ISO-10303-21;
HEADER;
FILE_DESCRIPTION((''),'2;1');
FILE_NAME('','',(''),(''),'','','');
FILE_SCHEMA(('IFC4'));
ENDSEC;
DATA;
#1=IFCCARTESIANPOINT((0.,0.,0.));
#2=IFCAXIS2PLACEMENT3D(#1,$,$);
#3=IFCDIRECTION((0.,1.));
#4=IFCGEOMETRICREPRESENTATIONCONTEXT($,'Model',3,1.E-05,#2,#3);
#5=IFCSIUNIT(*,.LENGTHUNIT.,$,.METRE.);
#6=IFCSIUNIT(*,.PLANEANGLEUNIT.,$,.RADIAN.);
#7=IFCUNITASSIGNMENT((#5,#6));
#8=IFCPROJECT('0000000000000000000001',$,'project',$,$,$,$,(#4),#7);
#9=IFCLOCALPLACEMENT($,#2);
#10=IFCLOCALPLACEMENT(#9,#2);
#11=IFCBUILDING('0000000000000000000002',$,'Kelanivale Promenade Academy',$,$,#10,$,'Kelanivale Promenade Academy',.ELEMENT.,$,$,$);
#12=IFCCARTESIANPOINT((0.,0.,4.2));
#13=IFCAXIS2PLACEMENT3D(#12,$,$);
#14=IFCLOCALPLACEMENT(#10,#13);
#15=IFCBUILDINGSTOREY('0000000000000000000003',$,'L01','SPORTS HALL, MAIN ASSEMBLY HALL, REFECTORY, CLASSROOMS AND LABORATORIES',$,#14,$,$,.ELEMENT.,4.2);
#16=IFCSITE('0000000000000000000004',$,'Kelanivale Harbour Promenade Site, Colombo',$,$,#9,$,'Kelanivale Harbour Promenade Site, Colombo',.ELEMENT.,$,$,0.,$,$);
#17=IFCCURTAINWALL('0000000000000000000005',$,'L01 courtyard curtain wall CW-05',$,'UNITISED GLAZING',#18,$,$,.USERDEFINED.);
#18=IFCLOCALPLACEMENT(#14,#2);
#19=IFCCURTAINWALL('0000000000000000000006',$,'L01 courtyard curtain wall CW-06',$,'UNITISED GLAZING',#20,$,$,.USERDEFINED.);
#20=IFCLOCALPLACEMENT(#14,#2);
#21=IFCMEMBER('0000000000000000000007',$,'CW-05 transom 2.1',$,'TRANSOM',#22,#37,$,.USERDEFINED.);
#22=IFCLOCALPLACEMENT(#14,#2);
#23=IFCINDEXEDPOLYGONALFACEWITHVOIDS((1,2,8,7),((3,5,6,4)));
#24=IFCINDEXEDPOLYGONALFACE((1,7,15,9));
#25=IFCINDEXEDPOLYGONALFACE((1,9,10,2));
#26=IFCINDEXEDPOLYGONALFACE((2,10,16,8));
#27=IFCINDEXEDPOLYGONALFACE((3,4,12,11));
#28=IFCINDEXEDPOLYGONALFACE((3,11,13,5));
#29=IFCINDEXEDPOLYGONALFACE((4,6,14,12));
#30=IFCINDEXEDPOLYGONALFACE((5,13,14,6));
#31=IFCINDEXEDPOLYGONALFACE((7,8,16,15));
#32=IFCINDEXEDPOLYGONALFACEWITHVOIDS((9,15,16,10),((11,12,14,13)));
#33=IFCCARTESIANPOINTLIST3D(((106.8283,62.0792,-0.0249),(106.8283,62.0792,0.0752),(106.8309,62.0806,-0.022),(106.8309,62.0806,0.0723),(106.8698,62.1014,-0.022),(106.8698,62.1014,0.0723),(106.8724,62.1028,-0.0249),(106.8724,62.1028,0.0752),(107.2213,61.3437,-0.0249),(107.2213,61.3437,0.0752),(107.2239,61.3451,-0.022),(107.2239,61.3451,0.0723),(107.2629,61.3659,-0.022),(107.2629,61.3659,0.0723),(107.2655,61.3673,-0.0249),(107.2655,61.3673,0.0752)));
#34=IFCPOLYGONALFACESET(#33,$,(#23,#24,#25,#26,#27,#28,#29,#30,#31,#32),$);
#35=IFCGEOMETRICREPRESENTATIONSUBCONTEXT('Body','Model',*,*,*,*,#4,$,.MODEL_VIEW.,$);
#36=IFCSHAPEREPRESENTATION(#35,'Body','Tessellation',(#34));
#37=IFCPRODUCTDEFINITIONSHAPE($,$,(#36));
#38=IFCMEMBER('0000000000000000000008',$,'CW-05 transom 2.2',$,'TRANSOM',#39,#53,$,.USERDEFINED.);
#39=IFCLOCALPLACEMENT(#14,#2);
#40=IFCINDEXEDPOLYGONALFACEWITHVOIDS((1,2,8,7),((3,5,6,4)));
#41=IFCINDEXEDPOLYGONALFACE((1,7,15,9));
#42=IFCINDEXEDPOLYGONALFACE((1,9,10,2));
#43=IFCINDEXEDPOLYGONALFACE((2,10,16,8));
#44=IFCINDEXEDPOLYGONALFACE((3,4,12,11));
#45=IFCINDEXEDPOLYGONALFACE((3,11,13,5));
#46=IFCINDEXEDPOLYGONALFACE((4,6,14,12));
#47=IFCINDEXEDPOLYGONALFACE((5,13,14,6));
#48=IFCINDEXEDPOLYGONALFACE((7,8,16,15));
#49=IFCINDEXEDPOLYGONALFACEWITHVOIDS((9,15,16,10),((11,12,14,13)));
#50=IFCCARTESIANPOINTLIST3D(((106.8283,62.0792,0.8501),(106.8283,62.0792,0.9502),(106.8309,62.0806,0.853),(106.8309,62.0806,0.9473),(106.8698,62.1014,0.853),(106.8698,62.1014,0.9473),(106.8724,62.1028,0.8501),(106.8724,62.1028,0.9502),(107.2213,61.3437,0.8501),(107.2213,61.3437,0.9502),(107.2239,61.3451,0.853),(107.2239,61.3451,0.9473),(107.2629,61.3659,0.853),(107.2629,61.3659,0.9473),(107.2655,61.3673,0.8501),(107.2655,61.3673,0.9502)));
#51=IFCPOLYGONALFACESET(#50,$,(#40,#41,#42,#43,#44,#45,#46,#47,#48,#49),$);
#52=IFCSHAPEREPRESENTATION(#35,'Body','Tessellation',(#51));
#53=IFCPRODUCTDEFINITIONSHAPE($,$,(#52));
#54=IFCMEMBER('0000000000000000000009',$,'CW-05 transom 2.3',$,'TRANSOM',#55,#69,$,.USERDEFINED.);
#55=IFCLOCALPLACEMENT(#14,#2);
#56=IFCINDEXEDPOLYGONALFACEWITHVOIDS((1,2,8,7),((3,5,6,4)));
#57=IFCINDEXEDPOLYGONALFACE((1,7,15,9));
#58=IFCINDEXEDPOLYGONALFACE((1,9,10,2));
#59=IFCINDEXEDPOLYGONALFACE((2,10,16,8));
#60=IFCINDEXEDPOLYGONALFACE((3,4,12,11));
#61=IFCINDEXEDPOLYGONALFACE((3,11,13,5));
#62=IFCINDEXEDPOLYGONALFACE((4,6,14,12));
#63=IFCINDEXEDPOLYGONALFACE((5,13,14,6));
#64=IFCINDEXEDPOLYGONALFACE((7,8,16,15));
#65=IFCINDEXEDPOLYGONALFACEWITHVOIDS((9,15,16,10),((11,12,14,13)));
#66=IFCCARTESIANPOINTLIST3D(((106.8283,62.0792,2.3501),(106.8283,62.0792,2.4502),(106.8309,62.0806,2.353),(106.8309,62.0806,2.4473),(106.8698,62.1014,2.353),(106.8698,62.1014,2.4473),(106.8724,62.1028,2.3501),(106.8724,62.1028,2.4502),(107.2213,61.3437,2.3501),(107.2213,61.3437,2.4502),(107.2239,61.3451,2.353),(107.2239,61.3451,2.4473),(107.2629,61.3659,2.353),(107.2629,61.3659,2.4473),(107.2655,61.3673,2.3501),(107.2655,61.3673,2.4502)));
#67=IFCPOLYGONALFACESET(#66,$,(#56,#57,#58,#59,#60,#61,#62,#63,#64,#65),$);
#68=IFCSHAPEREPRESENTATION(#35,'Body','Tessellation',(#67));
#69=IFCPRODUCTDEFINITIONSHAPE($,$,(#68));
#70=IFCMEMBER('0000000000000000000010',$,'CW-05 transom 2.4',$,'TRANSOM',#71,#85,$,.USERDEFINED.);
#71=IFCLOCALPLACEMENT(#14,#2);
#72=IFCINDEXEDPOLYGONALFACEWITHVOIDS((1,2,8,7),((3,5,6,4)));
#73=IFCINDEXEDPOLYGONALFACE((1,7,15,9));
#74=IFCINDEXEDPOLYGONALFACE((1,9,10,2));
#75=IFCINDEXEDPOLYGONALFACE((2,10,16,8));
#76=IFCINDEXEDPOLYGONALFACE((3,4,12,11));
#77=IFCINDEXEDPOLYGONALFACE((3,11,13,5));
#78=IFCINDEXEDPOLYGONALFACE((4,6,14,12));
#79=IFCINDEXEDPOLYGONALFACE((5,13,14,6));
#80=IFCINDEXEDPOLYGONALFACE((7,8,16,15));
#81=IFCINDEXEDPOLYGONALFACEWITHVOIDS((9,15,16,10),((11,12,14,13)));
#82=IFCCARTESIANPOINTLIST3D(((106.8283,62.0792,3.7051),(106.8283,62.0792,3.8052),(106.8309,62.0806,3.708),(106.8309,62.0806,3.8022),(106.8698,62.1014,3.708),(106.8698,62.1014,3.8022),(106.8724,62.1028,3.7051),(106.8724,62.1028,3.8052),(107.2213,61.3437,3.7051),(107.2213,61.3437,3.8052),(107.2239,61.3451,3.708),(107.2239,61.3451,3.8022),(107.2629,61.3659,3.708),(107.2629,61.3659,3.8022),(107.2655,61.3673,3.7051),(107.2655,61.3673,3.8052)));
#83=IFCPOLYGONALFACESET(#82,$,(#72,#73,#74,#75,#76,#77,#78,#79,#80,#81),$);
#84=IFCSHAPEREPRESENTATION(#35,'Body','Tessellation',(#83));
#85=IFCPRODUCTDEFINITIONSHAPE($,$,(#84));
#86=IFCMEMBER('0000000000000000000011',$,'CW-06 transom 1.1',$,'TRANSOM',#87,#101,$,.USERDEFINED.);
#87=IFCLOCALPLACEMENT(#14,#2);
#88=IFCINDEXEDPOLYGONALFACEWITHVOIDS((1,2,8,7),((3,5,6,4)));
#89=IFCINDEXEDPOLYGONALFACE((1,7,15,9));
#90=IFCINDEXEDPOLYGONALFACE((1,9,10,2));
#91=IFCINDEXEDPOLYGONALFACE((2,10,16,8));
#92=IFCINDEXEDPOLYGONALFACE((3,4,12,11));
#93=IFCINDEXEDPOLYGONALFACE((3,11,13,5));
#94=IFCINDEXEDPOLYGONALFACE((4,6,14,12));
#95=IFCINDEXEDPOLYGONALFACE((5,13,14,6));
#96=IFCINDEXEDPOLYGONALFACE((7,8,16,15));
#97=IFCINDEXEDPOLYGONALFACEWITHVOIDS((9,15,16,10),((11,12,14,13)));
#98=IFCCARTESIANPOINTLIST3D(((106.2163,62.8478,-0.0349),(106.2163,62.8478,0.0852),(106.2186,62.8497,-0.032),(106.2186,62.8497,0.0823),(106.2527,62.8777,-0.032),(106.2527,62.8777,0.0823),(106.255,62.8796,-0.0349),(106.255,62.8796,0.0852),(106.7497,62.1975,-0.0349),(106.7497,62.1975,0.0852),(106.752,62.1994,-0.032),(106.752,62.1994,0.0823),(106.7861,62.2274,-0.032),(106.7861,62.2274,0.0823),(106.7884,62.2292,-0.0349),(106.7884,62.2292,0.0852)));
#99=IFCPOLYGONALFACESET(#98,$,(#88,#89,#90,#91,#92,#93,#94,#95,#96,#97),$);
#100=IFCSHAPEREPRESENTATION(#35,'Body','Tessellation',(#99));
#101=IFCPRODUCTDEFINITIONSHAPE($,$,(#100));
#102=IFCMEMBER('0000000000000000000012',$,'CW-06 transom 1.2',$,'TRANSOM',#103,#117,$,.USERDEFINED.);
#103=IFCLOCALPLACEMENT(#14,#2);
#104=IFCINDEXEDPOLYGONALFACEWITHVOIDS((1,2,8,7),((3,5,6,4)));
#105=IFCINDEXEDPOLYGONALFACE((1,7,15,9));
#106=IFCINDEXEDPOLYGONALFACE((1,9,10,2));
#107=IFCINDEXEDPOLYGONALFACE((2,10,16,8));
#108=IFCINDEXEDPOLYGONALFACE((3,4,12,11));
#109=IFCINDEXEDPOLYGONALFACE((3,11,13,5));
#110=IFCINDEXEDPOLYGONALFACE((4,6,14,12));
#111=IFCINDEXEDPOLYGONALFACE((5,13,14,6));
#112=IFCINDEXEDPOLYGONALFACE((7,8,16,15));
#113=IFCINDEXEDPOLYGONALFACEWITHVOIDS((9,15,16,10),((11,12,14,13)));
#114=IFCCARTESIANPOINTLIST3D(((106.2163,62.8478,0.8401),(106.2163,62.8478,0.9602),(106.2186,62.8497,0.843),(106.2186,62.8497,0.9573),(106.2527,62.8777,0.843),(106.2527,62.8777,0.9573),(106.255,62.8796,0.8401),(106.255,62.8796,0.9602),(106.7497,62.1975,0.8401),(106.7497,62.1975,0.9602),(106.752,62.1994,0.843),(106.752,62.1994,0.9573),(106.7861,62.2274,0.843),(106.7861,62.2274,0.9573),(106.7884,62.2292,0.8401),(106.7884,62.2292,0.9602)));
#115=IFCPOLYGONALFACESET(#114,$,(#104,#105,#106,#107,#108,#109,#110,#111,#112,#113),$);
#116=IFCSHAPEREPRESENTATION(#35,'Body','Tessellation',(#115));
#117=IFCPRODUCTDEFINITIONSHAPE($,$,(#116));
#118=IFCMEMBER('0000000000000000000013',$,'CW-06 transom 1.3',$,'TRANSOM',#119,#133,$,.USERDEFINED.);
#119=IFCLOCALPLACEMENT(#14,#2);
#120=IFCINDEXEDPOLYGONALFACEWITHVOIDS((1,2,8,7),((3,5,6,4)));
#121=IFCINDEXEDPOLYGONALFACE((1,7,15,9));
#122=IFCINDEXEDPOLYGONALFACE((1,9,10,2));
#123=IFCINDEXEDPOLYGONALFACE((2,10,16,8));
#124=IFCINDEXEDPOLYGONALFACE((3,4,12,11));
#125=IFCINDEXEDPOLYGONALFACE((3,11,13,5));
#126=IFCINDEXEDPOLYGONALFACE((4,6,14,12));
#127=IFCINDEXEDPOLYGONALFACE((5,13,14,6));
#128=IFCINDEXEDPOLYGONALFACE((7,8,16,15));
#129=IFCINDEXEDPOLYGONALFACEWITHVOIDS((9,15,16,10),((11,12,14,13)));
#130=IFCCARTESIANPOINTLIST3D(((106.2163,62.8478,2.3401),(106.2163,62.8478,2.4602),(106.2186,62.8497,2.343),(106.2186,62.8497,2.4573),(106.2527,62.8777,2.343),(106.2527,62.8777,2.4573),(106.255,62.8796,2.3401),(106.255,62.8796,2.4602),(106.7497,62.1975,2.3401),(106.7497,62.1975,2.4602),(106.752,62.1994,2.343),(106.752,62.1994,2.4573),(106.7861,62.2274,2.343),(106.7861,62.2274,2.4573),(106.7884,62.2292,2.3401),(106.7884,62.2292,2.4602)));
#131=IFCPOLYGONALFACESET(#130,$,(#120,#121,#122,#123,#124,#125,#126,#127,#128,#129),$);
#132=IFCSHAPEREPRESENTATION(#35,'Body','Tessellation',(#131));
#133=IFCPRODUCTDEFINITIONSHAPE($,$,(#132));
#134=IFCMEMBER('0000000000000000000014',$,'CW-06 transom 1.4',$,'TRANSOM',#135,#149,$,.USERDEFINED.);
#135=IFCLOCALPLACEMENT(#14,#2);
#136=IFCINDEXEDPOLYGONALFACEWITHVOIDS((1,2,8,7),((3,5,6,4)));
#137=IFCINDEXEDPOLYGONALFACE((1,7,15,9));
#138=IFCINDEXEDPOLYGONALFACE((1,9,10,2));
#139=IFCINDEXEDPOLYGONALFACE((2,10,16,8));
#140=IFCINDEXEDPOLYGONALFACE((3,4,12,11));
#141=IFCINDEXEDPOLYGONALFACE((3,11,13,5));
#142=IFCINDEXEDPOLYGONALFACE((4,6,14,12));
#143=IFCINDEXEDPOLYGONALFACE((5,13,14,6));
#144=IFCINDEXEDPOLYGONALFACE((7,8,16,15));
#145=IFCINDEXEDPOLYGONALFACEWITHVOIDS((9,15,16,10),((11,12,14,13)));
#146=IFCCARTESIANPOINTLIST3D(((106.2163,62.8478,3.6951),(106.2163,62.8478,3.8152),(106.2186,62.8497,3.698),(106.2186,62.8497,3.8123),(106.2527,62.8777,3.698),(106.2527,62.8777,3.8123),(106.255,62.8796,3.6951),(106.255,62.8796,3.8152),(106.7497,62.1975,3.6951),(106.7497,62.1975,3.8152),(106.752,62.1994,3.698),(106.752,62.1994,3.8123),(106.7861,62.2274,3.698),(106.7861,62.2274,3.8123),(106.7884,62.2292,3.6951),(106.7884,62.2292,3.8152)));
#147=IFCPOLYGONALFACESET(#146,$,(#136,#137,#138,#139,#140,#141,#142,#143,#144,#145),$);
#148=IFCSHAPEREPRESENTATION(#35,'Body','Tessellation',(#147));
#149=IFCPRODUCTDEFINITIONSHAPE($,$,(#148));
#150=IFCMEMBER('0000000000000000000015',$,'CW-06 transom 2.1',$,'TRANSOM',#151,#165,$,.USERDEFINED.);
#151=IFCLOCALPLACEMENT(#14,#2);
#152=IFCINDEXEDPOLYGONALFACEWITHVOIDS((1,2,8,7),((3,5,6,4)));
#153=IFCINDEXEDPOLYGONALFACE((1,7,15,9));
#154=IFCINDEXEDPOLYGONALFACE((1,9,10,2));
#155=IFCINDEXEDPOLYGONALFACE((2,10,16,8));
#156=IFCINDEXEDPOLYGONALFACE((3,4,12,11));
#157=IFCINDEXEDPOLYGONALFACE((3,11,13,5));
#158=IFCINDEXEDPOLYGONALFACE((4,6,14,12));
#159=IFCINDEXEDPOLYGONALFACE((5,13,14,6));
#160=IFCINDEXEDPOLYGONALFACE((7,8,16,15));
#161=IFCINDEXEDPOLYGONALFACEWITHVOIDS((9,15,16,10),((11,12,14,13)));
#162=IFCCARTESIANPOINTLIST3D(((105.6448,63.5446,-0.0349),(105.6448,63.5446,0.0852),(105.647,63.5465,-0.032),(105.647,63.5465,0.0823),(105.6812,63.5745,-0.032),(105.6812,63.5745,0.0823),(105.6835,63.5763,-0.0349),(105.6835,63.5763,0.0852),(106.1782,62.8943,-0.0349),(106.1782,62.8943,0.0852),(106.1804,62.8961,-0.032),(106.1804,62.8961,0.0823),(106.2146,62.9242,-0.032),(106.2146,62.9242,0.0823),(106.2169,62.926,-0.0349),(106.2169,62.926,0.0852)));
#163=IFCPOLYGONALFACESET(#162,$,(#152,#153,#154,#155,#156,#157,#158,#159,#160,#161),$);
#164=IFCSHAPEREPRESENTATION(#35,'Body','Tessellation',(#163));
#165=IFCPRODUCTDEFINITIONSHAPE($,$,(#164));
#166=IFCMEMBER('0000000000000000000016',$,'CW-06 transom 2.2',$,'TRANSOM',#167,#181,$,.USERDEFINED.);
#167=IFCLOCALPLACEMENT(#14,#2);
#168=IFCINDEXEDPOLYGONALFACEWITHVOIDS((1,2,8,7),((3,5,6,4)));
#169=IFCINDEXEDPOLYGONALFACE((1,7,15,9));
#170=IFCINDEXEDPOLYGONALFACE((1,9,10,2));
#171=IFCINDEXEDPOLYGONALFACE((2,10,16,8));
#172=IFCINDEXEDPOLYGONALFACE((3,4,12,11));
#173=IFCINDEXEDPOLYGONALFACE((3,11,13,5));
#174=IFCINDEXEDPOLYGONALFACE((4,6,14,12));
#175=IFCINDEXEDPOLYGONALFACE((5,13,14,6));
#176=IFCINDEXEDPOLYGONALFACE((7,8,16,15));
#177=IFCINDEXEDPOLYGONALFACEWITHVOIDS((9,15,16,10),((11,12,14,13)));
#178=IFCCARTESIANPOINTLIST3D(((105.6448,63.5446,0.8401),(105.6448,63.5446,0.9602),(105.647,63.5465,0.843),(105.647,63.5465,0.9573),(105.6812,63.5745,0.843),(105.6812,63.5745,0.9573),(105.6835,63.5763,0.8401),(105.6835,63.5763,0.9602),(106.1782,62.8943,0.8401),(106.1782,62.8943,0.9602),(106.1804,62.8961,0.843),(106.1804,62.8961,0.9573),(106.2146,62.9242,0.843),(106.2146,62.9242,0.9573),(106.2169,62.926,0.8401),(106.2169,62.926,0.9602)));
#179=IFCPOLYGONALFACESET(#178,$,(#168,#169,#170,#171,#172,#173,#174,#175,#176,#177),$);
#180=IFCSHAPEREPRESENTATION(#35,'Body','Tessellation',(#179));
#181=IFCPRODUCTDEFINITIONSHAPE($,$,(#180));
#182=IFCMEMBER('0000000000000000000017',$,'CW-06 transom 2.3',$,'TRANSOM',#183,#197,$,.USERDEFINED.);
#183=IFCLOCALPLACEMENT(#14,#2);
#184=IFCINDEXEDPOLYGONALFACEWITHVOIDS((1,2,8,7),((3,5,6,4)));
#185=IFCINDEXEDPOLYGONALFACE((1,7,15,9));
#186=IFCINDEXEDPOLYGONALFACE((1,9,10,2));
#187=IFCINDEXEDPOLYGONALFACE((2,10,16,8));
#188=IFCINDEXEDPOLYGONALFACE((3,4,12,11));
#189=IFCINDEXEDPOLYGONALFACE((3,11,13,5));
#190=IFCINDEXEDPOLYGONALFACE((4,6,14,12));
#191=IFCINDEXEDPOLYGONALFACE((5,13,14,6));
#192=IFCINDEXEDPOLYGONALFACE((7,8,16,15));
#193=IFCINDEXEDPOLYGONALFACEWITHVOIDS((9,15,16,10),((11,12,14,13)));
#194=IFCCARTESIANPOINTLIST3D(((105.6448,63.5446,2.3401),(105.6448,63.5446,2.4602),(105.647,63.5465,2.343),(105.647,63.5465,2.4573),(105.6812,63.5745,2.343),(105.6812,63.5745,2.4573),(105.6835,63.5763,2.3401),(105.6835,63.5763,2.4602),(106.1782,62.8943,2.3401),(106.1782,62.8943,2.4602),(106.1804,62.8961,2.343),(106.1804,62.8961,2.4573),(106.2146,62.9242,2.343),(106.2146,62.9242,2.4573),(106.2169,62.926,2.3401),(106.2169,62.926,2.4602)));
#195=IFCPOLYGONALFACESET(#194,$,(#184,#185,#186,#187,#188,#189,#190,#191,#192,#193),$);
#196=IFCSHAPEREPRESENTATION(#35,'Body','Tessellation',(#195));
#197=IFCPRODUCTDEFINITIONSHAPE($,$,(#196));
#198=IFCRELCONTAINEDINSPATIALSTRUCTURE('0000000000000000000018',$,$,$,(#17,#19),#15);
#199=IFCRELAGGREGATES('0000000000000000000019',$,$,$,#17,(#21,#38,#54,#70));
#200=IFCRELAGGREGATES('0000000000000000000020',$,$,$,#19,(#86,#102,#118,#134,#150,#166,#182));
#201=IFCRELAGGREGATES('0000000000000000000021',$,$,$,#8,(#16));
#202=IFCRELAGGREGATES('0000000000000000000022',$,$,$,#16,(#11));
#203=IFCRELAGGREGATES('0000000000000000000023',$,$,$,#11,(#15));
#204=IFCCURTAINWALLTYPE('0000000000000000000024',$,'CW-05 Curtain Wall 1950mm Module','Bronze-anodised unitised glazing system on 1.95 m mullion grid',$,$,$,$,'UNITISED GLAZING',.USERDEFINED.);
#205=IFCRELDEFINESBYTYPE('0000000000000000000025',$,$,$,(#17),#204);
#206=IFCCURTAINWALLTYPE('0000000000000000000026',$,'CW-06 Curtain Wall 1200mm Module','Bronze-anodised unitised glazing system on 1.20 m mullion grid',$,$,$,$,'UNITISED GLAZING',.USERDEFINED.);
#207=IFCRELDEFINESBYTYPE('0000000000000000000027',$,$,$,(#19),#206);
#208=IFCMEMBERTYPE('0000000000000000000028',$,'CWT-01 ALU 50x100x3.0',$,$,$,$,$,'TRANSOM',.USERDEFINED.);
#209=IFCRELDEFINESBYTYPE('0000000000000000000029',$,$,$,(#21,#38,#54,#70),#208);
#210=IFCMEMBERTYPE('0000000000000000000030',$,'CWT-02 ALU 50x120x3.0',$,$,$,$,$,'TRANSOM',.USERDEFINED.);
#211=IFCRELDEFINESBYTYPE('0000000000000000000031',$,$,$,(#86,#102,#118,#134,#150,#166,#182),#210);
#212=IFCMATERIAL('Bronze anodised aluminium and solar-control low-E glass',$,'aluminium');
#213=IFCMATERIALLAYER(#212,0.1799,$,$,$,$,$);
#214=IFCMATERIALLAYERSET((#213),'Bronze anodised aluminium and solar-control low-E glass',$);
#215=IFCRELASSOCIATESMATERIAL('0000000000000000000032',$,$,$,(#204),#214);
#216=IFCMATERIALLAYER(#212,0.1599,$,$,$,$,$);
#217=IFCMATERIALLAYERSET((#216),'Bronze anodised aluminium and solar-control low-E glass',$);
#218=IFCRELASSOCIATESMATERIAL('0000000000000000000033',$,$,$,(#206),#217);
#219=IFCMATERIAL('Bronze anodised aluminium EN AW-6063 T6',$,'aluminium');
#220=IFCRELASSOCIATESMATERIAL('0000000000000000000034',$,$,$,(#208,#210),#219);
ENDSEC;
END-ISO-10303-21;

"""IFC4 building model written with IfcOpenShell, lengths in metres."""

from ifc_helpers import new_model, si_unit, direction, frame, origin, origin_2d, place, context, subcontext, project, spatial, hollow_rectangle, extrude, material, layer, layer_set, material_profile, profile_set, type_object, element, aggregate, save


model = new_model("IFC4")

# Units and contexts
model_context = context("Model", 3, precision=1e-05, world=origin(), true_north=direction((0.0, 1.0)))
body_context = subcontext(model_context, "Body", "Model", "MODEL_VIEW")
ifc_project = project(units=[si_unit("LENGTHUNIT", "METRE"), si_unit("PLANEANGLEUNIT", "RADIAN")], contexts=[model_context])

# Site, building, storey
site_placement = place(None, origin())
site = spatial("IfcSite", under=ifc_project, at=site_placement, Name="Kelanivale Harbour Promenade Site, Colombo", LongName="Kelanivale Harbour Promenade Site, Colombo", CompositionType="ELEMENT", RefElevation=0.0)
building_placement = place(site_placement, origin())
building = spatial("IfcBuilding", under=site, at=building_placement, Name="Kelanivale Promenade Academy", LongName="Kelanivale Promenade Academy", CompositionType="ELEMENT")
storey_placement = place(building_placement, frame((0.0, 0.0, 4.2)))
storey = spatial("IfcBuildingStorey", under=building, at=storey_placement, Name="L01", Description="SPORTS HALL, MAIN ASSEMBLY HALL, REFECTORY, CLASSROOMS AND LABORATORIES", CompositionType="ELEMENT", Elevation=4.2)

# Curtain walls
ifc_material_1 = material(Name="Bronze anodised aluminium and solar-control low-E glass", Category="aluminium")
ifc_layer_1 = layer(ifc_material_1, 0.1799)
ifc_layer_set_1 = layer_set([ifc_layer_1], Name="Bronze anodised aluminium and solar-control low-E glass")
curtain_wall_type_1 = type_object("IfcCurtainWallType", Name="CW-05 Curtain Wall 1950mm Module", Description="Bronze-anodised unitised glazing system on 1.95 m mullion grid", ElementType="UNITISED GLAZING", PredefinedType="USERDEFINED", material=ifc_layer_set_1)
curtain_wall_1_placement = place(storey_placement, origin())
curtain_wall_1 = element("IfcCurtainWall", 1, at=curtain_wall_1_placement, inside=storey, type_object=curtain_wall_type_1, Name="L01 courtyard curtain wall CW-05", ObjectType="UNITISED GLAZING", PredefinedType="USERDEFINED")
ifc_material_2 = material(Name="Bronze anodised aluminium EN AW-6063 T6", Category="aluminium")
ifc_layer_2 = layer(ifc_material_1, 0.1599)
ifc_layer_set_2 = layer_set([ifc_layer_2], Name="Bronze anodised aluminium and solar-control low-E glass")
curtain_wall_type_2 = type_object("IfcCurtainWallType", Name="CW-06 Curtain Wall 1200mm Module", Description="Bronze-anodised unitised glazing system on 1.20 m mullion grid", ElementType="UNITISED GLAZING", PredefinedType="USERDEFINED", material=ifc_layer_set_2)
curtain_wall_2_placement = place(storey_placement, origin())
curtain_wall_2 = element("IfcCurtainWall", 2, at=curtain_wall_2_placement, inside=storey, type_object=curtain_wall_type_2, Name="L01 courtyard curtain wall CW-06", ObjectType="UNITISED GLAZING", PredefinedType="USERDEFINED")

# Members
ifc_material_profile_1 = material_profile(ifc_material_2, hollow_rectangle(XDim=0.05, YDim=0.1001, WallThickness=0.0029, at=origin_2d()), Name="ALU 50x100x3.0")
ifc_profile_set_1 = profile_set([ifc_material_profile_1], Name="Bronze anodised aluminium EN AW-6063 T6")
member_type_1 = type_object("IfcMemberType", Name="CWT-01 ALU 50x100x3.0", ElementType="TRANSOM", PredefinedType="USERDEFINED", material=ifc_profile_set_1)
member_1_placement = place(storey_placement, frame((107.2434, 61.3555, 0.0251), z_axis=(-0.471287, 0.88198, 0.0), x_axis=(-0.88198, -0.471287, 0.0)))
member_1 = element("IfcMember", 3, at=member_1_placement, type_object=member_type_1, Name="CW-05 transom 2.1", ObjectType="TRANSOM", PredefinedType="USERDEFINED", context=body_context, shape_type="SweptSolid", body=[
    extrude(hollow_rectangle(XDim=0.05, YDim=0.1001, WallThickness=0.0029, at=origin_2d()), origin(), (0.0, 0.0, 1.0), 0.834),
])
member_2_placement = place(storey_placement, frame((107.2434, 61.3555, 0.9001), z_axis=(-0.471287, 0.88198, 0.0), x_axis=(-0.88198, -0.471287, 0.0)))
member_2 = element("IfcMember", 4, at=member_2_placement, type_object=member_type_1, Name="CW-05 transom 2.2", ObjectType="TRANSOM", PredefinedType="USERDEFINED", context=body_context, shape_type="SweptSolid", body=[
    extrude(hollow_rectangle(XDim=0.05, YDim=0.1001, WallThickness=0.0029, at=origin_2d()), origin(), (0.0, 0.0, 1.0), 0.834),
])
member_3_placement = place(storey_placement, frame((107.2434, 61.3555, 2.4001), z_axis=(-0.471287, 0.88198, 0.0), x_axis=(-0.88198, -0.471287, 0.0)))
member_3 = element("IfcMember", 5, at=member_3_placement, type_object=member_type_1, Name="CW-05 transom 2.3", ObjectType="TRANSOM", PredefinedType="USERDEFINED", context=body_context, shape_type="SweptSolid", body=[
    extrude(hollow_rectangle(XDim=0.05, YDim=0.1001, WallThickness=0.0029, at=origin_2d()), origin(), (0.0, 0.0, 1.0), 0.834),
])
member_4_placement = place(storey_placement, frame((107.2434, 61.3555, 3.7551), z_axis=(-0.471287, 0.88198, 0.0), x_axis=(-0.88198, -0.471287, 0.0)))
member_4 = element("IfcMember", 6, at=member_4_placement, type_object=member_type_1, Name="CW-05 transom 2.4", ObjectType="TRANSOM", PredefinedType="USERDEFINED", context=body_context, shape_type="SweptSolid", body=[
    extrude(hollow_rectangle(XDim=0.05, YDim=0.1001, WallThickness=0.0029, at=origin_2d()), origin(), (0.0, 0.0, 1.0), 0.834),
])
ifc_material_profile_2 = material_profile(ifc_material_2, hollow_rectangle(XDim=0.05, YDim=0.1201, WallThickness=0.0029, at=origin_2d()), Name="ALU 50x120x3.0")
ifc_profile_set_2 = profile_set([ifc_material_profile_2], Name="Bronze anodised aluminium EN AW-6063 T6")
member_type_2 = type_object("IfcMemberType", Name="CWT-02 ALU 50x120x3.0", ElementType="TRANSOM", PredefinedType="USERDEFINED", material=ifc_profile_set_2)
member_5_placement = place(storey_placement, frame((106.769, 62.2134, 0.0251), z_axis=(-0.63417, 0.773194, 0.0), x_axis=(-0.773194, -0.63417, 0.0)))
member_5 = element("IfcMember", 7, at=member_5_placement, type_object=member_type_2, Name="CW-06 transom 1.1", ObjectType="TRANSOM", PredefinedType="USERDEFINED", context=body_context, shape_type="SweptSolid", body=[
    extrude(hollow_rectangle(XDim=0.05, YDim=0.1201, WallThickness=0.0029, at=origin_2d()), origin(), (0.0, 0.0, 1.0), 0.8411),
])
member_6_placement = place(storey_placement, frame((106.769, 62.2134, 0.9001), z_axis=(-0.63417, 0.773194, 0.0), x_axis=(-0.773194, -0.63417, 0.0)))
member_6 = element("IfcMember", 8, at=member_6_placement, type_object=member_type_2, Name="CW-06 transom 1.2", ObjectType="TRANSOM", PredefinedType="USERDEFINED", context=body_context, shape_type="SweptSolid", body=[
    extrude(hollow_rectangle(XDim=0.05, YDim=0.1201, WallThickness=0.0029, at=origin_2d()), origin(), (0.0, 0.0, 1.0), 0.8411),
])
member_7_placement = place(storey_placement, frame((106.769, 62.2134, 2.4001), z_axis=(-0.63417, 0.773194, 0.0), x_axis=(-0.773194, -0.63417, 0.0)))
member_7 = element("IfcMember", 9, at=member_7_placement, type_object=member_type_2, Name="CW-06 transom 1.3", ObjectType="TRANSOM", PredefinedType="USERDEFINED", context=body_context, shape_type="SweptSolid", body=[
    extrude(hollow_rectangle(XDim=0.05, YDim=0.1201, WallThickness=0.0029, at=origin_2d()), origin(), (0.0, 0.0, 1.0), 0.8411),
])
member_8_placement = place(storey_placement, frame((106.769, 62.2134, 3.7551), z_axis=(-0.63417, 0.773194, 0.0), x_axis=(-0.773194, -0.63417, 0.0)))
member_8 = element("IfcMember", 10, at=member_8_placement, type_object=member_type_2, Name="CW-06 transom 1.4", ObjectType="TRANSOM", PredefinedType="USERDEFINED", context=body_context, shape_type="SweptSolid", body=[
    extrude(hollow_rectangle(XDim=0.05, YDim=0.1201, WallThickness=0.0029, at=origin_2d()), origin(), (0.0, 0.0, 1.0), 0.8411),
])
member_9_placement = place(storey_placement, frame((106.1975, 62.9102, 0.0251), z_axis=(-0.63417, 0.773194, 0.0), x_axis=(-0.773194, -0.63417, 0.0)))
member_9 = element("IfcMember", 11, at=member_9_placement, type_object=member_type_2, Name="CW-06 transom 2.1", ObjectType="TRANSOM", PredefinedType="USERDEFINED", context=body_context, shape_type="SweptSolid", body=[
    extrude(hollow_rectangle(XDim=0.05, YDim=0.1201, WallThickness=0.0029, at=origin_2d()), origin(), (0.0, 0.0, 1.0), 0.8411),
])
member_10_placement = place(storey_placement, frame((106.1975, 62.9102, 0.9001), z_axis=(-0.63417, 0.773194, 0.0), x_axis=(-0.773194, -0.63417, 0.0)))
member_10 = element("IfcMember", 12, at=member_10_placement, type_object=member_type_2, Name="CW-06 transom 2.2", ObjectType="TRANSOM", PredefinedType="USERDEFINED", context=body_context, shape_type="SweptSolid", body=[
    extrude(hollow_rectangle(XDim=0.05, YDim=0.1201, WallThickness=0.0029, at=origin_2d()), origin(), (0.0, 0.0, 1.0), 0.8411),
])
member_11_placement = place(storey_placement, frame((106.1975, 62.9102, 2.4001), z_axis=(-0.63417, 0.773194, 0.0), x_axis=(-0.773194, -0.63417, 0.0)))
member_11 = element("IfcMember", 13, at=member_11_placement, type_object=member_type_2, Name="CW-06 transom 2.3", ObjectType="TRANSOM", PredefinedType="USERDEFINED", context=body_context, shape_type="SweptSolid", body=[
    extrude(hollow_rectangle(XDim=0.05, YDim=0.1201, WallThickness=0.0029, at=origin_2d()), origin(), (0.0, 0.0, 1.0), 0.8411),
])

aggregate(curtain_wall_1, [member_1, member_2, member_3, member_4])
aggregate(curtain_wall_2, [member_5, member_6, member_7, member_8, member_9, member_10, member_11])

save(model, "model.ifc")
